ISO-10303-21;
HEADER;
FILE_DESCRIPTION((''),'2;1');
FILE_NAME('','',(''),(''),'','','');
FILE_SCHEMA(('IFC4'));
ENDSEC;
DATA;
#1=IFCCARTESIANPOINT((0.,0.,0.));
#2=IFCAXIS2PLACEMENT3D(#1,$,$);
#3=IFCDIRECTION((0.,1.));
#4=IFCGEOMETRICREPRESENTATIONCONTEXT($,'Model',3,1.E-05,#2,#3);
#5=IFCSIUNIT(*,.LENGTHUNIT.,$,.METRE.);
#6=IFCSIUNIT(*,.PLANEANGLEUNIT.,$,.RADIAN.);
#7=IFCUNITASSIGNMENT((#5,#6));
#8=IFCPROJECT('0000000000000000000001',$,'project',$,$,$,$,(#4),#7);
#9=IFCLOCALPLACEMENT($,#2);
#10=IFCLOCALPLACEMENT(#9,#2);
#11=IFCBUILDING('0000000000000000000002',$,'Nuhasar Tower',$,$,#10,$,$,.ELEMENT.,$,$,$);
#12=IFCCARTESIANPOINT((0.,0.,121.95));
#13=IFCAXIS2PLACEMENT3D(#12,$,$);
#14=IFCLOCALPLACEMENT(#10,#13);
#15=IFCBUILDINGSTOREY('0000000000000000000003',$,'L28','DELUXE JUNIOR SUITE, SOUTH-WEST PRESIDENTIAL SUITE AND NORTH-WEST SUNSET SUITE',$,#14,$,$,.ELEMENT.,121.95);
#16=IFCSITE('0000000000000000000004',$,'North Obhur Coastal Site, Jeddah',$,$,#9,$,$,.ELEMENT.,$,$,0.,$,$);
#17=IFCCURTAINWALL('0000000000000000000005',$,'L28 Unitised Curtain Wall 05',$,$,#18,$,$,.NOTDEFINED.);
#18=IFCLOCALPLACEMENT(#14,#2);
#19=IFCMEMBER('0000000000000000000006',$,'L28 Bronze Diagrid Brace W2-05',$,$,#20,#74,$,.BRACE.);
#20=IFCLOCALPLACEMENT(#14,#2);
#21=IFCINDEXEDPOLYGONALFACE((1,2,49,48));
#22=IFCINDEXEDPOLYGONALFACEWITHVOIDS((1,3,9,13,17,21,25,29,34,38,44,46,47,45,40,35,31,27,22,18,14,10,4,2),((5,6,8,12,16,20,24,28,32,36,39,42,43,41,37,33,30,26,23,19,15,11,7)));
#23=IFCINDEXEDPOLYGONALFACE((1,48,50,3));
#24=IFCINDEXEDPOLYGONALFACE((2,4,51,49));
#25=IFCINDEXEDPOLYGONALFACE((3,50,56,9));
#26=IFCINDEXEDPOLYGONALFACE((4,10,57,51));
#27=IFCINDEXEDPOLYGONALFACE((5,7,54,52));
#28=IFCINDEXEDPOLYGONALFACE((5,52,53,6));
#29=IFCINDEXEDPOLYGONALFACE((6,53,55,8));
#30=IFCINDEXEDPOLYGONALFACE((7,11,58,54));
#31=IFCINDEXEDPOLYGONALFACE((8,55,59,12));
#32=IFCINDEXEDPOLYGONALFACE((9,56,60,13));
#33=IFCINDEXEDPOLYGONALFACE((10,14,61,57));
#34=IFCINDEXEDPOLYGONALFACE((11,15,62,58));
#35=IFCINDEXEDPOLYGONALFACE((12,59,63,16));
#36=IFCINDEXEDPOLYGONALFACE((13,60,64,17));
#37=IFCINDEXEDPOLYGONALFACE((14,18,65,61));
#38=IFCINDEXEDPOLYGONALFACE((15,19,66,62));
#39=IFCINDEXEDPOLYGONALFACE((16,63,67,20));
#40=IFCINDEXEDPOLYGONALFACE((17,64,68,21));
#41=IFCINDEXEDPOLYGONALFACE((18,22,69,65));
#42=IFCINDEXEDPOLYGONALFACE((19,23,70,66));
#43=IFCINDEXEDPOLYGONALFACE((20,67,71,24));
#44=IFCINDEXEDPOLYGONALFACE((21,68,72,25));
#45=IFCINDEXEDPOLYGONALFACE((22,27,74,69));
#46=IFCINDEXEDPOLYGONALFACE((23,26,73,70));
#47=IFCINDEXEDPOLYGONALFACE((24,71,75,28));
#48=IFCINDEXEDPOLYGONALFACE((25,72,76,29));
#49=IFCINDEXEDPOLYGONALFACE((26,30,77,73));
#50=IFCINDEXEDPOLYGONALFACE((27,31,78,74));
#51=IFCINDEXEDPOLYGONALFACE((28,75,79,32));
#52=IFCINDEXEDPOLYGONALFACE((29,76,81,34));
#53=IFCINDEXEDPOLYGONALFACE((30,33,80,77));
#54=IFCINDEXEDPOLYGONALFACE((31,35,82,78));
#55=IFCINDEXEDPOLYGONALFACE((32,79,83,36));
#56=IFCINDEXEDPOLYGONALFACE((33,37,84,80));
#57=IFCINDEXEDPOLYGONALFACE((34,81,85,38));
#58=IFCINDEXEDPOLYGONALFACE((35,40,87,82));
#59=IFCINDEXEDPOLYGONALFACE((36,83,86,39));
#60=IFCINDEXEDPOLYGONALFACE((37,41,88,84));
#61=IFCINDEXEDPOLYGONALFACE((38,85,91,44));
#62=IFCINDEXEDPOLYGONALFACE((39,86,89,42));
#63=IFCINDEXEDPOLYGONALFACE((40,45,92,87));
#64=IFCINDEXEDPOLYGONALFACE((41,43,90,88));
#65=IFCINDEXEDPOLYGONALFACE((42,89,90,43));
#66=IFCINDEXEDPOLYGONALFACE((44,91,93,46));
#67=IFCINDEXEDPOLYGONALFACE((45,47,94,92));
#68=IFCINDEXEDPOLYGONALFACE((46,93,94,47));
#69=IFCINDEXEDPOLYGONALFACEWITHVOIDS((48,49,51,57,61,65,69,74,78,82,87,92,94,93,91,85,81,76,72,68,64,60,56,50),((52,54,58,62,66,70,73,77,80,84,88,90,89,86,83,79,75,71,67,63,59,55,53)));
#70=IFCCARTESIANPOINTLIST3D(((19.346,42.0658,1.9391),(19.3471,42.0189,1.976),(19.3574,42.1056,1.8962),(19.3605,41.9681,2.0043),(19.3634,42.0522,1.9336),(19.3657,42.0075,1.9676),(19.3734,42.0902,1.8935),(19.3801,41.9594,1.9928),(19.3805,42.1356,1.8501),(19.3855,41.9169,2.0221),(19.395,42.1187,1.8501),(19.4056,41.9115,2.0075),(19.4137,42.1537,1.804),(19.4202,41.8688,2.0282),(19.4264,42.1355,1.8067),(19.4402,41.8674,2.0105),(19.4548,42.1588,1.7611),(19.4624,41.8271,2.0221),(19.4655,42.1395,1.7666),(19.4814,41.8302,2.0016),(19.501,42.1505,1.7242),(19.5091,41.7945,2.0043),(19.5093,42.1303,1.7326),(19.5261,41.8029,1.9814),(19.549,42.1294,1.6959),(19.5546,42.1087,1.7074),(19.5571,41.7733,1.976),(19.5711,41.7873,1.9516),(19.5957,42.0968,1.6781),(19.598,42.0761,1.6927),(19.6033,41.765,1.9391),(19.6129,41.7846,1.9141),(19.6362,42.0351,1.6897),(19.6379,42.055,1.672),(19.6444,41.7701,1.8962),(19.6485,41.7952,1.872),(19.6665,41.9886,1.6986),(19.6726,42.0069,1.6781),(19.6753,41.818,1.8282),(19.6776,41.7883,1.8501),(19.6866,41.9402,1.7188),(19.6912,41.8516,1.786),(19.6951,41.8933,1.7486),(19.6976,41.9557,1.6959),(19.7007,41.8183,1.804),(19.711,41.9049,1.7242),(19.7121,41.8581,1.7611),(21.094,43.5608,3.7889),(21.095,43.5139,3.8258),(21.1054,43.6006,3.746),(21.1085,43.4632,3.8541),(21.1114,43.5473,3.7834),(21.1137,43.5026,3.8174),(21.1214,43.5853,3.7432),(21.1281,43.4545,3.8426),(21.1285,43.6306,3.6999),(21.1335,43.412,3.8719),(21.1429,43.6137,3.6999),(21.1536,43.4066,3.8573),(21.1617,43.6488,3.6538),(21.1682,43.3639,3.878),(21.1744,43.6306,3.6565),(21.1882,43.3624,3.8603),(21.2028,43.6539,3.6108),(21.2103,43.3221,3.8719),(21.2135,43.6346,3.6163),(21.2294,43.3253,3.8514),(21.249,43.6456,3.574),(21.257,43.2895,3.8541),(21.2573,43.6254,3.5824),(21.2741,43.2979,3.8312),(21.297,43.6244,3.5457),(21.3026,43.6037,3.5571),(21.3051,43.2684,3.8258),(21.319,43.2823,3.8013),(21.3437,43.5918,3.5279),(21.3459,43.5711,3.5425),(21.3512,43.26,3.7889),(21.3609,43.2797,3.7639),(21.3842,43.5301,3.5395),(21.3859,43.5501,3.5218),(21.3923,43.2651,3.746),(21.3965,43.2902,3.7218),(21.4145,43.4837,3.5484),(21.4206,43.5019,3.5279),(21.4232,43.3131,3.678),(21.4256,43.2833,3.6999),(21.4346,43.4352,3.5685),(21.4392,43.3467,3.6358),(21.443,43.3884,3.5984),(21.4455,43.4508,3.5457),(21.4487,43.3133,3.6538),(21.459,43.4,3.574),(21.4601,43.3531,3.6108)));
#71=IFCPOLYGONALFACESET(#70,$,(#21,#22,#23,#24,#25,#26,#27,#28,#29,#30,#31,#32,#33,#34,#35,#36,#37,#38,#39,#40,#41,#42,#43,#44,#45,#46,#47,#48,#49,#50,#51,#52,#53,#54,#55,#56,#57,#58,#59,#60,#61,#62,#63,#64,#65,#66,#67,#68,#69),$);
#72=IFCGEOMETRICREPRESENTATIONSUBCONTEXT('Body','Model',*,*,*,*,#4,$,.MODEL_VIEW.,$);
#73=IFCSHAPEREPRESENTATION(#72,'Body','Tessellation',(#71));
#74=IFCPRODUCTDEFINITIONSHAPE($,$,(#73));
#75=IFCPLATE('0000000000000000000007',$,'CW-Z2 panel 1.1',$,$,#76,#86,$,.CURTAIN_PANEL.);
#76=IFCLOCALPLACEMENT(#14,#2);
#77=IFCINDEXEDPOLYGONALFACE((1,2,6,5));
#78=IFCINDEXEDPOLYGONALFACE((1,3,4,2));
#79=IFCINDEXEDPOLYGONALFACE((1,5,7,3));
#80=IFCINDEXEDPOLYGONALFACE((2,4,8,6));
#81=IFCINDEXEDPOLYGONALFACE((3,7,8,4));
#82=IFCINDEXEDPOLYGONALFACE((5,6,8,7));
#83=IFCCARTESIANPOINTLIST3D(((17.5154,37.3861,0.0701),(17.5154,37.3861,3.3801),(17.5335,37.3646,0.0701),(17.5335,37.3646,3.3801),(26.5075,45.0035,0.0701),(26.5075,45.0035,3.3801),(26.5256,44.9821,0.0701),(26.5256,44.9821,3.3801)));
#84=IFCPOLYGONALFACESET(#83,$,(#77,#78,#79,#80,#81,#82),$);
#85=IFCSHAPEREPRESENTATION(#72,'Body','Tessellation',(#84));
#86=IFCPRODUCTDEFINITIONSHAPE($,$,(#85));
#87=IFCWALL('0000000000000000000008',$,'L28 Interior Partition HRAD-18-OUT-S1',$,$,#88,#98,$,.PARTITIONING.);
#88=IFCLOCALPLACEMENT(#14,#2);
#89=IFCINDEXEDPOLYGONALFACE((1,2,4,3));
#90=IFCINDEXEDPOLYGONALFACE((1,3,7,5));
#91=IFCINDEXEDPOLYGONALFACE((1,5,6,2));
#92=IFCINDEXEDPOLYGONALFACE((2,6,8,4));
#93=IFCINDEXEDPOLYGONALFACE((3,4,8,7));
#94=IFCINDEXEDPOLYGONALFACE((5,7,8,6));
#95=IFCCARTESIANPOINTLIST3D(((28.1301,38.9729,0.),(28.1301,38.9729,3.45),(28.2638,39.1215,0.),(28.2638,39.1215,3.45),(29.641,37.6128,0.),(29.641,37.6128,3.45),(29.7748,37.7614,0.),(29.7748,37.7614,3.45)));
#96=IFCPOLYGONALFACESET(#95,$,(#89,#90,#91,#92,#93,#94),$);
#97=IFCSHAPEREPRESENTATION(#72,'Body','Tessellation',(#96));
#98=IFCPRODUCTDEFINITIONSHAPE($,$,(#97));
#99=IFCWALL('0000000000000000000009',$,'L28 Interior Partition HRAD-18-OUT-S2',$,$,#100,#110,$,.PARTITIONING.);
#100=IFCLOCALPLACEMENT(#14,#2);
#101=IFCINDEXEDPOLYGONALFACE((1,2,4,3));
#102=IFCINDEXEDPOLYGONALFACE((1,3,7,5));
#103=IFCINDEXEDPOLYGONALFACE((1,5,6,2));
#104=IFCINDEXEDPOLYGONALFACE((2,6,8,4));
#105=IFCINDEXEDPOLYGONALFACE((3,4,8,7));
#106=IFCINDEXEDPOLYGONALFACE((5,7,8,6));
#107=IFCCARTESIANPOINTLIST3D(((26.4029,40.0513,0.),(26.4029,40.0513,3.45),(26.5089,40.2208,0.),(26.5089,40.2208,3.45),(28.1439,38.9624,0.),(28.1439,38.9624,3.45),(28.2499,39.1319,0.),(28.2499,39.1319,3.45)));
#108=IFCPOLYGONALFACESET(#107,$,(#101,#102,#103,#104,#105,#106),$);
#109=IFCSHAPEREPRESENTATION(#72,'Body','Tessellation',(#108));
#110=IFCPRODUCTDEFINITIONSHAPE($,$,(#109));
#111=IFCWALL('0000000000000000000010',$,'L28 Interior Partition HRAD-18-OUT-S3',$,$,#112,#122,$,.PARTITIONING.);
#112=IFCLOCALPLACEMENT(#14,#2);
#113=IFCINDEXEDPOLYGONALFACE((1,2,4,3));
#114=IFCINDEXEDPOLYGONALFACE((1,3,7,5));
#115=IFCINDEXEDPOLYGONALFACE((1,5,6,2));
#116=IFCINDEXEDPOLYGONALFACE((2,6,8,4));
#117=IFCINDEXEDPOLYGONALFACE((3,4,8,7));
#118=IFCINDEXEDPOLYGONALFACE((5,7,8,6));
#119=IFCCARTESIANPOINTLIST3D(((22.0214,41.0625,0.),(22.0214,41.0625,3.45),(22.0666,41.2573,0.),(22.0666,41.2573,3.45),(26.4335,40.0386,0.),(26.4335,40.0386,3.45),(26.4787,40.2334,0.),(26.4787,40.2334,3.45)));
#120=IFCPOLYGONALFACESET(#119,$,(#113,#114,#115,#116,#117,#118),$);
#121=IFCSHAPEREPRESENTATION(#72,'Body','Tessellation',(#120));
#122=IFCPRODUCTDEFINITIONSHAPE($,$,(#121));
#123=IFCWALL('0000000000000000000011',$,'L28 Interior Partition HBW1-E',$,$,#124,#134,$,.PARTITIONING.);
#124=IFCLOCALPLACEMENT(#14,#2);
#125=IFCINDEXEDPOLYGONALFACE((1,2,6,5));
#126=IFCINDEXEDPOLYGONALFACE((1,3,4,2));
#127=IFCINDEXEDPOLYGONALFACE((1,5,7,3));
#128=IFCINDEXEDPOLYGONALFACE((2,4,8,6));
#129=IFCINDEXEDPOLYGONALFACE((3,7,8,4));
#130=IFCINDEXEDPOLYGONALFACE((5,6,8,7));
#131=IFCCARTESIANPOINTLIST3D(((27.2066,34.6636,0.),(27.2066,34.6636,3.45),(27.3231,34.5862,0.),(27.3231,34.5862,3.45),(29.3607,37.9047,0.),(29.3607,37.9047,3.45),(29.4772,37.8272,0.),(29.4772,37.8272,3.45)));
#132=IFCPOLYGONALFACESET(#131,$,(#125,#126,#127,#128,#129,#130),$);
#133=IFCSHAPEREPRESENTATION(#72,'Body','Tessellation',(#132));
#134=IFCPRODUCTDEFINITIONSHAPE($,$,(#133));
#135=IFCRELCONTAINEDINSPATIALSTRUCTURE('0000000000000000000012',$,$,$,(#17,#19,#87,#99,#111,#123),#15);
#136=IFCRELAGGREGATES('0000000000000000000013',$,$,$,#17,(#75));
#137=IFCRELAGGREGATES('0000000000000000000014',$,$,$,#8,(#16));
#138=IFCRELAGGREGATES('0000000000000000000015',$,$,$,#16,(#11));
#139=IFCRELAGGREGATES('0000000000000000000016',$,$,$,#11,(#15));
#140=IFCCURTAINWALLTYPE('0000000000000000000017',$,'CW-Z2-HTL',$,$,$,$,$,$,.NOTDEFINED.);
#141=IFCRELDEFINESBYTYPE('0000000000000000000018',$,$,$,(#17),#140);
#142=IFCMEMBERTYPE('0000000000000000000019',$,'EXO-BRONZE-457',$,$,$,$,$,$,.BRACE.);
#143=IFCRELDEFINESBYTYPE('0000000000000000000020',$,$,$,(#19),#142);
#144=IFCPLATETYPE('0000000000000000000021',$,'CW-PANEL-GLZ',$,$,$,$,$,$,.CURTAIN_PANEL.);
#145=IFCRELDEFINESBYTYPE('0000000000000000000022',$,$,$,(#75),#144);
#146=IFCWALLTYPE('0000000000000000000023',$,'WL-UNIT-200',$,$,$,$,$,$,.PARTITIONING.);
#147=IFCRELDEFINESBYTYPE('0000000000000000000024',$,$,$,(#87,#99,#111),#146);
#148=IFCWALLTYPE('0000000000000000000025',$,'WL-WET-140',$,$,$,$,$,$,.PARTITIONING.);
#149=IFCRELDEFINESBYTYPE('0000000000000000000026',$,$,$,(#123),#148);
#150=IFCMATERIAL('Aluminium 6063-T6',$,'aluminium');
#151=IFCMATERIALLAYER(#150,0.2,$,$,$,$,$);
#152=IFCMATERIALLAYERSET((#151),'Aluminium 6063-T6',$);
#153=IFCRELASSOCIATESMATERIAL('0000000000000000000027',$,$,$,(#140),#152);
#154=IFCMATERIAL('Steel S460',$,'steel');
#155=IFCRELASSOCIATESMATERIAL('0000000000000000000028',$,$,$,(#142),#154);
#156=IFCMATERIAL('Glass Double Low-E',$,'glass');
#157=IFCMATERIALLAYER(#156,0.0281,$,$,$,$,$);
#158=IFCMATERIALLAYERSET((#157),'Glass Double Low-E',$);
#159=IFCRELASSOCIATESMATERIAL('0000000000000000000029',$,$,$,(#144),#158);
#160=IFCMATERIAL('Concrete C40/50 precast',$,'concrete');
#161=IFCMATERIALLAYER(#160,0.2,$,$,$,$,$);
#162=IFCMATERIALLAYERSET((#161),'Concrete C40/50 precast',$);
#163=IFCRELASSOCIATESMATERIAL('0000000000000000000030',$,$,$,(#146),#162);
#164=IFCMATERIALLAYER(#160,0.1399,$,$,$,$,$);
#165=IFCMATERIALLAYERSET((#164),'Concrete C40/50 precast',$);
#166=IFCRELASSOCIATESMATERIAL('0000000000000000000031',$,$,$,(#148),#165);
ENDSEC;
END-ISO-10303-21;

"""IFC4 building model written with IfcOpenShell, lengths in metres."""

from ifc_helpers import new_model, si_unit, direction, frame, frame_2d, origin, origin_2d, place, context, subcontext, project, spatial, rectangle, hollow_circle, extrude, material, layer, layer_set, material_profile, profile_set, type_object, element, aggregate, save


model = new_model("IFC4")

# Units and contexts
model_context = context("Model", 3, precision=1e-05, world=origin(), true_north=direction((0.0, 1.0)))
body_context = subcontext(model_context, "Body", "Model", "MODEL_VIEW")
ifc_project = project(units=[si_unit("LENGTHUNIT", "METRE"), si_unit("PLANEANGLEUNIT", "RADIAN")], contexts=[model_context])

# Site, building, storey
site_placement = place(None, origin())
site = spatial("IfcSite", under=ifc_project, at=site_placement, Name="North Obhur Coastal Site, Jeddah", CompositionType="ELEMENT", RefElevation=0.0)
building_placement = place(site_placement, origin())
building = spatial("IfcBuilding", under=site, at=building_placement, Name="Nuhasar Tower", CompositionType="ELEMENT")
storey_placement = place(building_placement, frame((0.0, 0.0, 121.95)))
storey = spatial("IfcBuildingStorey", under=building, at=storey_placement, Name="L28", Description="DELUXE JUNIOR SUITE, SOUTH-WEST PRESIDENTIAL SUITE AND NORTH-WEST SUNSET SUITE", CompositionType="ELEMENT", Elevation=121.95)

# Shared definitions
ifc_material_1 = material(Name="Aluminium 6063-T6", Category="aluminium")
ifc_layer_1 = layer(ifc_material_1, 0.2)
ifc_layer_set_1 = layer_set([ifc_layer_1], Name="Aluminium 6063-T6")
curtain_wall_type = type_object("IfcCurtainWallType", Name="CW-Z2-HTL", PredefinedType="NOTDEFINED", material=ifc_layer_set_1)

# Curtain wall
curtain_wall_1_placement = place(storey_placement, origin())
curtain_wall_1 = element("IfcCurtainWall", 1, at=curtain_wall_1_placement, inside=storey, type_object=curtain_wall_type, Name="L28 Unitised Curtain Wall 05", PredefinedType="NOTDEFINED")

# Member
ifc_material_2 = material(Name="Steel S460", Category="steel")
ifc_material_profile_1 = material_profile(ifc_material_2, hollow_circle(Radius=0.2285, WallThickness=0.0222, at=origin_2d()), Name="HSS457X22.2")
ifc_profile_set_1 = profile_set([ifc_material_profile_1], Name="Steel S460")
member_type_1 = type_object("IfcMemberType", Name="EXO-BRONZE-457", PredefinedType="BRACE", material=ifc_profile_set_1)
member_1_placement = place(storey_placement, frame((19.5291, 41.9619, 1.8501), z_axis=(0.592201, 0.506514, 0.626691), x_axis=(-0.649987, 0.759945, 0.0)))
element("IfcMember", 2, at=member_1_placement, inside=storey, type_object=member_type_1, Name="L28 Bronze Diagrid Brace W2-05", PredefinedType="BRACE", context=body_context, shape_type="SweptSolid", body=[
    extrude(hollow_circle(Radius=0.2285, WallThickness=0.0222, at=origin_2d()), origin(), (0.0, 0.0, 1.0), 2.9517),
])

# Plate
ifc_material_3 = material(Name="Glass Double Low-E", Category="glass")
ifc_layer_2 = layer(ifc_material_3, 0.0281)
ifc_layer_set_2 = layer_set([ifc_layer_2], Name="Glass Double Low-E")
plate_type = type_object("IfcPlateType", Name="CW-PANEL-GLZ", PredefinedType="CURTAIN_PANEL", material=ifc_layer_set_2)
plate_placement = place(storey_placement, frame((22.0205, 41.1841, 0.0701), z_axis=(0.0, 0.0, 1.0), x_axis=(-0.76302, -0.646374, 0.0)))
plate = element("IfcPlate", 3, at=plate_placement, type_object=plate_type, Name="CW-Z2 panel 1.1", PredefinedType="CURTAIN_PANEL", context=body_context, shape_type="SweptSolid", body=[
    extrude(rectangle(XDim=11.7849, YDim=0.0281, at=origin_2d()), origin(), (0.0, 0.0, 1.0), 3.3101),
])
aggregate(curtain_wall_1, [plate])

# Walls
ifc_material_4 = material(Name="Concrete C40/50 precast", Category="concrete")
ifc_layer_3 = layer(ifc_material_4, 0.2)
ifc_layer_set_3 = layer_set([ifc_layer_3], Name="Concrete C40/50 precast")
wall_type_1 = type_object("IfcWallType", Name="WL-UNIT-200", PredefinedType="PARTITIONING", material=ifc_layer_set_3)
wall_1_placement = place(storey_placement, frame((29.708, 37.687, 0.0), z_axis=(0.0, 0.0, 1.0), x_axis=(-0.74324, 0.669024, 0.0)))
element("IfcWall", 4, at=wall_1_placement, inside=storey, type_object=wall_type_1, Name="L28 Interior Partition HRAD-18-OUT-S1", PredefinedType="PARTITIONING", context=body_context, shape_type="SweptSolid", body=[
    extrude(rectangle(XDim=2.033, YDim=0.2, at=frame_2d((1.0166, 0.0))), origin(), (0.0, 0.0, 1.0), 3.45),
])
wall_2_placement = place(storey_placement, frame((28.197, 39.0471, 0.0), z_axis=(0.0, 0.0, 1.0), x_axis=(-0.847831, 0.530266, 0.0)))
element("IfcWall", 5, at=wall_2_placement, inside=storey, type_object=wall_type_1, Name="L28 Interior Partition HRAD-18-OUT-S2", PredefinedType="PARTITIONING", context=body_context, shape_type="SweptSolid", body=[
    extrude(rectangle(XDim=2.0535, YDim=0.2, at=frame_2d((1.0269, 0.0))), origin(), (0.0, 0.0, 1.0), 3.45),
])
wall_3_placement = place(storey_placement, frame((26.4561, 40.136, 0.0), z_axis=(0.0, 0.0, 1.0), x_axis=(-0.974112, 0.226064, 0.0)))
element("IfcWall", 6, at=wall_3_placement, inside=storey, type_object=wall_type_1, Name="L28 Interior Partition HRAD-18-OUT-S3", PredefinedType="PARTITIONING", context=body_context, shape_type="SweptSolid", body=[
    extrude(rectangle(XDim=4.5293, YDim=0.2, at=frame_2d((2.2646, 0.0))), origin(), (0.0, 0.0, 1.0), 3.45),
])
ifc_layer_4 = layer(ifc_material_4, 0.1399)
ifc_layer_set_4 = layer_set([ifc_layer_4], Name="Concrete C40/50 precast")
wall_type_2 = type_object("IfcWallType", Name="WL-WET-140", PredefinedType="PARTITIONING", material=ifc_layer_set_4)
wall_4_placement = place(storey_placement, frame((29.4189, 37.866, 0.0), z_axis=(0.0, 0.0, 1.0), x_axis=(-0.553527, -0.832831, 0.0)))
element("IfcWall", 7, at=wall_4_placement, inside=storey, type_object=wall_type_2, Name="L28 Interior Partition HBW1-E", PredefinedType="PARTITIONING", context=body_context, shape_type="SweptSolid", body=[
    extrude(rectangle(XDim=3.8916, YDim=0.1399, at=frame_2d((1.9458, 0.0))), origin(), (0.0, 0.0, 1.0), 3.45),
])

save(model, "model.ifc")
